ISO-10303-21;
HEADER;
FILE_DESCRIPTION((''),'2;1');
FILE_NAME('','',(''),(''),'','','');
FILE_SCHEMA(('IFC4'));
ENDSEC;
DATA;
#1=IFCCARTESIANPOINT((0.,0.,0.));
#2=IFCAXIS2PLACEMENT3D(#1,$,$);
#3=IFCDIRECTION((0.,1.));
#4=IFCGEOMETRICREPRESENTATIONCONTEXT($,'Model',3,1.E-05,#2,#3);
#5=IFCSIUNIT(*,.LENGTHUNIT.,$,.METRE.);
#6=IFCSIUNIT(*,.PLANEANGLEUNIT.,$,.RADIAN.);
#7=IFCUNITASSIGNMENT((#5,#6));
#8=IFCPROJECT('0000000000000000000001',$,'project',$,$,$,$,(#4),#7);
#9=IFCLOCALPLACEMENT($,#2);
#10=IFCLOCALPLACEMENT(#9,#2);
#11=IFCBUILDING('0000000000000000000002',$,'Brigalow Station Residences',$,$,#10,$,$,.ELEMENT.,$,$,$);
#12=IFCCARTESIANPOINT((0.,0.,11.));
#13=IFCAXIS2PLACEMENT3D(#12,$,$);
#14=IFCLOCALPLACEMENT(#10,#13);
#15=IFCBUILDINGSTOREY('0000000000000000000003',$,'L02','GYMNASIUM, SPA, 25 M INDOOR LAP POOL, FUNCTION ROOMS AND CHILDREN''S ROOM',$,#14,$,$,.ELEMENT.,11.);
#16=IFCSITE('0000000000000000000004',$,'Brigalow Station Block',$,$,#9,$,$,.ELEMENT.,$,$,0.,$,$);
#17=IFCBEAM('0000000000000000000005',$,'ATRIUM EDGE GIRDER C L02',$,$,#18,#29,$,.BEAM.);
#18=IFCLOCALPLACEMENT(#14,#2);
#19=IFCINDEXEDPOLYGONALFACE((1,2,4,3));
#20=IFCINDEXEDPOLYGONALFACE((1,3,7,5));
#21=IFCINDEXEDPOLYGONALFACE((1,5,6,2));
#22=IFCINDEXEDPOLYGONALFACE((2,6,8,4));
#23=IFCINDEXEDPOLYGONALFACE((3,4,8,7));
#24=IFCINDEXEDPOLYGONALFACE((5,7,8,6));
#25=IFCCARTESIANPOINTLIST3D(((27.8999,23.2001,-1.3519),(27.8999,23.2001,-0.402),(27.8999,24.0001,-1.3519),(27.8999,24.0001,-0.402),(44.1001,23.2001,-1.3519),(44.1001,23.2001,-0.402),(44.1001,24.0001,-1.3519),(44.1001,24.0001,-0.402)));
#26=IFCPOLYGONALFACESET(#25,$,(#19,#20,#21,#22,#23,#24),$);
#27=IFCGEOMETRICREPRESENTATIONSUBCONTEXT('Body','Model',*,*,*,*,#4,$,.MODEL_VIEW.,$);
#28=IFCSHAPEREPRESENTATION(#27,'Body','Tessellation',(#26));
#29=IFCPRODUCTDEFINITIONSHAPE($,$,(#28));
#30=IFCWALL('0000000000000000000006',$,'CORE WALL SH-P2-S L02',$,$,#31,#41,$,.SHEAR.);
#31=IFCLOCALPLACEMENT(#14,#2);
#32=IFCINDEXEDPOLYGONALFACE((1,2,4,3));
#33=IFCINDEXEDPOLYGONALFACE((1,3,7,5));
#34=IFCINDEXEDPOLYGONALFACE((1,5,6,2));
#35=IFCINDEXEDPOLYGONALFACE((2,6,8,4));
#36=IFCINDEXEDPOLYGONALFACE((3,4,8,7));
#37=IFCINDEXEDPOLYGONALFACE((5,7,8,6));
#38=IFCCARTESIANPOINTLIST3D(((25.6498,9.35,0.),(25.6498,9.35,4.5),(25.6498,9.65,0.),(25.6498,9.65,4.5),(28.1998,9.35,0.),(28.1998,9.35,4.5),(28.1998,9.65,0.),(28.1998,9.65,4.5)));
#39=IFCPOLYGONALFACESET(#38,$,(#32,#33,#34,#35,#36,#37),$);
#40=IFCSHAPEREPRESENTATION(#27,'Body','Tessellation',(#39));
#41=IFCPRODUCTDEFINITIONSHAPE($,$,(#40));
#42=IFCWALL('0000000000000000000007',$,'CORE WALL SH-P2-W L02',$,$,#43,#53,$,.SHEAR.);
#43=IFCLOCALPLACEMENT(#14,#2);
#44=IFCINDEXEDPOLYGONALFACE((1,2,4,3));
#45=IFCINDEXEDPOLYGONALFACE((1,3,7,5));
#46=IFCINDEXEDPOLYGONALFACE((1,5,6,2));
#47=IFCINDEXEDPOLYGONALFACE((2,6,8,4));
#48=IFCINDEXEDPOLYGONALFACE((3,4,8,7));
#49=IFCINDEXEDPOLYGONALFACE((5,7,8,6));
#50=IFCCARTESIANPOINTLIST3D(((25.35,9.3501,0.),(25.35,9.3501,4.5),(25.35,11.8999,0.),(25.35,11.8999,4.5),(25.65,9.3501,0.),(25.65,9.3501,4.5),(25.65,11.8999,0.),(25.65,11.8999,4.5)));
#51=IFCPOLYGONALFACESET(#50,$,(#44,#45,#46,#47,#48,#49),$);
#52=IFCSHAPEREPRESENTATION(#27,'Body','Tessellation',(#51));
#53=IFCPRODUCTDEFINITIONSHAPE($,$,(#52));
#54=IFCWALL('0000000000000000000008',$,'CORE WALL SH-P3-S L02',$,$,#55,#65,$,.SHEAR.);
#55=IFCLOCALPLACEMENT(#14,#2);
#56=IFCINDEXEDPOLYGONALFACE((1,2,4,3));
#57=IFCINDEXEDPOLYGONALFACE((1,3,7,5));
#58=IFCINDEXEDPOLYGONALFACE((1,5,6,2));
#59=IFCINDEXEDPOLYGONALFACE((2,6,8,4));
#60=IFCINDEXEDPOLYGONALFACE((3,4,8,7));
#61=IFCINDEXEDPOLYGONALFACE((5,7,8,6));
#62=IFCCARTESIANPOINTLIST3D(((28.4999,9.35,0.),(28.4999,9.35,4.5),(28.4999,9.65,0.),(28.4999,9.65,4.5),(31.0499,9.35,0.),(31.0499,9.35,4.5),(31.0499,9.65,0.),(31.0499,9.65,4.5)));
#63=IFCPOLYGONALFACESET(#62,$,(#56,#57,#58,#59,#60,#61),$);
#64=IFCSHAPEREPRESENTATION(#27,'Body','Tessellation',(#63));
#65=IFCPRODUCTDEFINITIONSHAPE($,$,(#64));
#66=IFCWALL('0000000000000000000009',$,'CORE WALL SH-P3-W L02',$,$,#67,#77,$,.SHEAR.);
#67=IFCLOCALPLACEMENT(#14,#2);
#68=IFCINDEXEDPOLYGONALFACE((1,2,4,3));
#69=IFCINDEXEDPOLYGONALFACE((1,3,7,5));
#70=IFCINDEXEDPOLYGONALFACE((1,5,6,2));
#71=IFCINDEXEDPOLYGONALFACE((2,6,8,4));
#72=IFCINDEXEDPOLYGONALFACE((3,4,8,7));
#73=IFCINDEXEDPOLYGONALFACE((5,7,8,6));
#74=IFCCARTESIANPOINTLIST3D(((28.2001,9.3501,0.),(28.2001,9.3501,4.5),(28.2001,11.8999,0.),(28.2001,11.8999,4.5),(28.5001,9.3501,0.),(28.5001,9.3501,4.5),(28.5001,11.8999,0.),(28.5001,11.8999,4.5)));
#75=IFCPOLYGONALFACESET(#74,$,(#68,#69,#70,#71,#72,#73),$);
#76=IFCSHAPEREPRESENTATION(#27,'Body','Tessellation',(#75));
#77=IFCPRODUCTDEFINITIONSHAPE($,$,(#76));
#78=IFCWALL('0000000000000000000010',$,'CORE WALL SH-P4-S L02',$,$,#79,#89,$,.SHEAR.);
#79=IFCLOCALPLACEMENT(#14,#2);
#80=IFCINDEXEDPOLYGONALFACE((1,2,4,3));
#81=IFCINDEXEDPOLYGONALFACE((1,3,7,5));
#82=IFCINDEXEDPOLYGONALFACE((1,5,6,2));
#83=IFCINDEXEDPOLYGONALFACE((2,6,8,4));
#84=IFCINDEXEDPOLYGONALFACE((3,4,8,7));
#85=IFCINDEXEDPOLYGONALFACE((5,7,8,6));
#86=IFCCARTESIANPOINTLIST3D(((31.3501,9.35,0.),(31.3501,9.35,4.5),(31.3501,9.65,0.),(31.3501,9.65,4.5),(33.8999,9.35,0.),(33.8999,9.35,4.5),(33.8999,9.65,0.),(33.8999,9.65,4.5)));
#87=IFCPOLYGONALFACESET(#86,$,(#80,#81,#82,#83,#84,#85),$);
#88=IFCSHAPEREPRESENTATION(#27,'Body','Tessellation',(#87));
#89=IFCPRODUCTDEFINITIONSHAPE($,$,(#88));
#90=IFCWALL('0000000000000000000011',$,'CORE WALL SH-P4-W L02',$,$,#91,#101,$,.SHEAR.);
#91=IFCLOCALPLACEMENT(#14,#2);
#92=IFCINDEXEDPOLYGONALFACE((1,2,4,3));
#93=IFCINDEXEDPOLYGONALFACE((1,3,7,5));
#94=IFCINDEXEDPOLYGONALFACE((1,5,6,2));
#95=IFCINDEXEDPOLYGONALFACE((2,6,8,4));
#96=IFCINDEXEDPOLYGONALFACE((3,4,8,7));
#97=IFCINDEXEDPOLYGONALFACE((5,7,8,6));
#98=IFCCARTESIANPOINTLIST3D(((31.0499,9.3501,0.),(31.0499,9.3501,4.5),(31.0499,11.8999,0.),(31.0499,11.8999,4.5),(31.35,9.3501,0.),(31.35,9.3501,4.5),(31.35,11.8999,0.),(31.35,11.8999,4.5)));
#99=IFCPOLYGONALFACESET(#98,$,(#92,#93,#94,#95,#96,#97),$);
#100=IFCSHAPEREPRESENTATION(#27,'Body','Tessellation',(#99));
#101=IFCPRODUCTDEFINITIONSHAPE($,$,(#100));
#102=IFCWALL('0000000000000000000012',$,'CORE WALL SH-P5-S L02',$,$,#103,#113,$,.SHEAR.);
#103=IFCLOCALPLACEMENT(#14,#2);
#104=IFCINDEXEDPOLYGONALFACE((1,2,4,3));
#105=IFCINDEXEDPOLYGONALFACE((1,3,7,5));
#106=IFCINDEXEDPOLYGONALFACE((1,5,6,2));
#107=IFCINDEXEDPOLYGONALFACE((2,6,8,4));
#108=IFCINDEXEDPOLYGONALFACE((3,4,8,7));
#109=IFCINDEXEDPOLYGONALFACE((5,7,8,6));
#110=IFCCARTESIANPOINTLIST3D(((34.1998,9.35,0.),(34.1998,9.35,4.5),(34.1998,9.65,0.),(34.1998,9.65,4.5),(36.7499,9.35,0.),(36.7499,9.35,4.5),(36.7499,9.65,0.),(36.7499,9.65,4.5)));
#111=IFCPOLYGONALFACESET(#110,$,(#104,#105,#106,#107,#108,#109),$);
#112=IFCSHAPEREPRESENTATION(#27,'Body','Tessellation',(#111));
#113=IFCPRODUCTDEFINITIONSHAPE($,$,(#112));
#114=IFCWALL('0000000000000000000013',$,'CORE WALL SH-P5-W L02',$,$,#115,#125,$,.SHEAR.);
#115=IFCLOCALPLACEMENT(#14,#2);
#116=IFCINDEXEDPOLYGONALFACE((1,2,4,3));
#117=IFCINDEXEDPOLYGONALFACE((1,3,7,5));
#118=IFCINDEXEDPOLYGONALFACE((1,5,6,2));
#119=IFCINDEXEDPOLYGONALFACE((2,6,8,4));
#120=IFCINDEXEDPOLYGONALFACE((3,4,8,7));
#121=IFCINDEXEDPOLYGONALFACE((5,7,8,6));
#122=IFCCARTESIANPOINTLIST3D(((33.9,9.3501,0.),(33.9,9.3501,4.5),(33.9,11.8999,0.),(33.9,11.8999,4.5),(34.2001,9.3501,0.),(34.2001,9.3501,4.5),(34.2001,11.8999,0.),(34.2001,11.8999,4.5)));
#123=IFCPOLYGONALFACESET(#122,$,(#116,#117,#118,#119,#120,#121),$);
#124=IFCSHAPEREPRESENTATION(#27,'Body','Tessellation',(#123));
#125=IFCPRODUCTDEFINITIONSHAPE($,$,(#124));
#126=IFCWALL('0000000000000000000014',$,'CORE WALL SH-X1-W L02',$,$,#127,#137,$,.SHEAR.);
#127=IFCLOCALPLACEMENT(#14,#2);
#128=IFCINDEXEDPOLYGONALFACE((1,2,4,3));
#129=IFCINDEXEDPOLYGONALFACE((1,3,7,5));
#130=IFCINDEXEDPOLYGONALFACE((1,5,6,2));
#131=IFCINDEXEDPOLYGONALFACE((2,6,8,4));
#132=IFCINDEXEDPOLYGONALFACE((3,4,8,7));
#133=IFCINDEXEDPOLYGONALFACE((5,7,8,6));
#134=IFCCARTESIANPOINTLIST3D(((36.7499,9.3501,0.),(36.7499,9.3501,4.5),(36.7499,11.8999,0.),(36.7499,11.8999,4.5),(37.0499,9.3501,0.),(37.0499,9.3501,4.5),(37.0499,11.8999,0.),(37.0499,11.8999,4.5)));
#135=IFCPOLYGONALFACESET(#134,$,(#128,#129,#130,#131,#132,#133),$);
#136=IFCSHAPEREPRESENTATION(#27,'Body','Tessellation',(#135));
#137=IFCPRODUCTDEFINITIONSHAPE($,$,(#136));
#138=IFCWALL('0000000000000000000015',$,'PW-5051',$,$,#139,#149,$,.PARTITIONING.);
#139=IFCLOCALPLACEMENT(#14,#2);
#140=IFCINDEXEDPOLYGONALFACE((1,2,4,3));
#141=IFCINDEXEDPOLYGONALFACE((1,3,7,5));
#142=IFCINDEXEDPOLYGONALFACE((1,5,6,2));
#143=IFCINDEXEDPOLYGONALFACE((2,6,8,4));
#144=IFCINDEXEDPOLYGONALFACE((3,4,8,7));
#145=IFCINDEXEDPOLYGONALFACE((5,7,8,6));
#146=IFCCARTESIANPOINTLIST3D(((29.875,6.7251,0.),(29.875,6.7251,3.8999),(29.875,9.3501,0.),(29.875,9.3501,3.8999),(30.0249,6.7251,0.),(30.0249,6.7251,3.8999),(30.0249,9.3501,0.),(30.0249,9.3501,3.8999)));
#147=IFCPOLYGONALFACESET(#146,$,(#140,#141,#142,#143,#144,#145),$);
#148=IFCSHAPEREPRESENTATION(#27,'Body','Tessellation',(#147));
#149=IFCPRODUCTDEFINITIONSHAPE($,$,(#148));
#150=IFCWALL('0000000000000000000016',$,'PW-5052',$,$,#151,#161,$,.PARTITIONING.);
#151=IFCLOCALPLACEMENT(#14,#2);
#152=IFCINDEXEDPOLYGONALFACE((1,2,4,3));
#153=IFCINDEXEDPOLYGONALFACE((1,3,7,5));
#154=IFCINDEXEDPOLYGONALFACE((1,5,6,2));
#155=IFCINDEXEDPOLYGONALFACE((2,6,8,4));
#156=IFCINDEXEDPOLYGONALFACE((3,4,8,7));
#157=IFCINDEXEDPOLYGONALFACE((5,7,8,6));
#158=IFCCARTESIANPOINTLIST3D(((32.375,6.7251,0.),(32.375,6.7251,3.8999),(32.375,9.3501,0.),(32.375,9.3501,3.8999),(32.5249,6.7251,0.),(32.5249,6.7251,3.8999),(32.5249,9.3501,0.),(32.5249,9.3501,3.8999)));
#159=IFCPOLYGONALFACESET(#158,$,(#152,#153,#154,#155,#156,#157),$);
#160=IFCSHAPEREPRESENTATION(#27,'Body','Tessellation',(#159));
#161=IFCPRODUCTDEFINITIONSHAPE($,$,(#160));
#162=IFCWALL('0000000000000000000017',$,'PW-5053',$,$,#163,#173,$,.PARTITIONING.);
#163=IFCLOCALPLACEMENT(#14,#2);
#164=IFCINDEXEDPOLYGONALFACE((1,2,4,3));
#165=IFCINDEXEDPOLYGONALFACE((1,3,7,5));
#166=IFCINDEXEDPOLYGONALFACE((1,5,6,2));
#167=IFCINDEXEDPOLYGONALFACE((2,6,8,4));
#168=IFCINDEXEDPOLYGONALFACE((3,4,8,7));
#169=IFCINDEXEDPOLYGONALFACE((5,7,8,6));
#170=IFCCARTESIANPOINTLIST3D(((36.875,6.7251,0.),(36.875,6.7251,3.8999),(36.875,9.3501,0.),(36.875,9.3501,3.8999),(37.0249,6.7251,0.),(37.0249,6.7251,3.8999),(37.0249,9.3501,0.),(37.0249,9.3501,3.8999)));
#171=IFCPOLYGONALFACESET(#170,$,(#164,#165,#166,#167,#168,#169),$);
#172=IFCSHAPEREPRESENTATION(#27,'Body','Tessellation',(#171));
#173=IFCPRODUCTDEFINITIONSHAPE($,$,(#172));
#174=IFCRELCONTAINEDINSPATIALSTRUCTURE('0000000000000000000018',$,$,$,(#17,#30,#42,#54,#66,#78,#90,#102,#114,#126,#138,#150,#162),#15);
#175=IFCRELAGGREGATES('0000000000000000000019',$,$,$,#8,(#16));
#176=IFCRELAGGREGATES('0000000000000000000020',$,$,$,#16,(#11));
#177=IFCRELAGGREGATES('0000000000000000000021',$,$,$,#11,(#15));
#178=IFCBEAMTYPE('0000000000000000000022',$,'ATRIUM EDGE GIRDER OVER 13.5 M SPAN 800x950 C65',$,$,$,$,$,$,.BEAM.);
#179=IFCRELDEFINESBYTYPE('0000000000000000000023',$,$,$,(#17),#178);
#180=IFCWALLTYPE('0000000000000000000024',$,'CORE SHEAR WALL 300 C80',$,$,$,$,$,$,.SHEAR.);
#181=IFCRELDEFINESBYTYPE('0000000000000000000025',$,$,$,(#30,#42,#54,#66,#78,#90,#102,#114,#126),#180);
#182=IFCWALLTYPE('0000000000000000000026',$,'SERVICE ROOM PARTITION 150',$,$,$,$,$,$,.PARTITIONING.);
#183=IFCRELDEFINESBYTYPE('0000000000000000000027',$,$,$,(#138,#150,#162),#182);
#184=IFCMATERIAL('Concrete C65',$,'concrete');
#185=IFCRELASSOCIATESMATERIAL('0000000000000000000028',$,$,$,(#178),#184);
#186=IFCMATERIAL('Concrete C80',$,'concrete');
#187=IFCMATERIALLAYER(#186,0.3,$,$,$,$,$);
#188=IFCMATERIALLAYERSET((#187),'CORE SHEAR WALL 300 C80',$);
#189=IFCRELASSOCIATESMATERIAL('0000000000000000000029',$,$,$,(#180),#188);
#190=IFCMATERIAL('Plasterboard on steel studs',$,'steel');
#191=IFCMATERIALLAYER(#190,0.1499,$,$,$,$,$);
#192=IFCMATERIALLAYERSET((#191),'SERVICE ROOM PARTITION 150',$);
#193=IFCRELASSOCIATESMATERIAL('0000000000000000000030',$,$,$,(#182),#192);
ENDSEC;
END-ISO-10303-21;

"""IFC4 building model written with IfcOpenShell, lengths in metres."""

from ifc_helpers import new_model, si_unit, direction, frame, frame_2d, origin, origin_2d, place, context, subcontext, project, spatial, rectangle, extrude, material, layer, layer_set, material_profile, profile_set, type_object, element, save


model = new_model("IFC4")

# Units and contexts
model_context = context("Model", 3, precision=1e-05, world=origin(), true_north=direction((0.0, 1.0)))
body_context = subcontext(model_context, "Body", "Model", "MODEL_VIEW")
ifc_project = project(units=[si_unit("LENGTHUNIT", "METRE"), si_unit("PLANEANGLEUNIT", "RADIAN")], contexts=[model_context])

# Site, building, storey
site_placement = place(None, origin())
site = spatial("IfcSite", under=ifc_project, at=site_placement, Name="Brigalow Station Block", CompositionType="ELEMENT", RefElevation=0.0)
building_placement = place(site_placement, origin())
building = spatial("IfcBuilding", under=site, at=building_placement, Name="Brigalow Station Residences", CompositionType="ELEMENT")
storey_placement = place(building_placement, frame((0.0, 0.0, 11.0)))
storey = spatial("IfcBuildingStorey", under=building, at=storey_placement, Name="L02", Description="GYMNASIUM, SPA, 25 M INDOOR LAP POOL, FUNCTION ROOMS AND CHILDREN'S ROOM", CompositionType="ELEMENT", Elevation=11.0)

# Beam
ifc_material_1 = material(Name="Concrete C65", Category="concrete")
ifc_material_profile = material_profile(ifc_material_1, rectangle(XDim=0.8, YDim=0.95, at=origin_2d()), Name="RC800x950")
ifc_profile_set = profile_set([ifc_material_profile], Name="Concrete C65")
beam_type = type_object("IfcBeamType", Name="ATRIUM EDGE GIRDER OVER 13.5 M SPAN 800x950 C65", PredefinedType="BEAM", material=ifc_profile_set)
beam_placement = place(storey_placement, frame((27.8999, 23.6001, -0.877), z_axis=(1.0, 0.0, 0.0), x_axis=(0.0, 1.0, 0.0)))
element("IfcBeam", 1, at=beam_placement, inside=storey, type_object=beam_type, Name="ATRIUM EDGE GIRDER C L02", PredefinedType="BEAM", context=body_context, shape_type="SweptSolid", body=[
    extrude(rectangle(XDim=0.8, YDim=0.95, at=origin_2d()), origin(), (0.0, 0.0, 1.0), 16.2002),
])

# Walls
ifc_material_2 = material(Name="Concrete C80", Category="concrete")
ifc_layer_1 = layer(ifc_material_2, 0.3)
ifc_layer_set_1 = layer_set([ifc_layer_1], Name="CORE SHEAR WALL 300 C80")
wall_type_1 = type_object("IfcWallType", Name="CORE SHEAR WALL 300 C80", PredefinedType="SHEAR", material=ifc_layer_set_1)
wall_1_placement = place(storey_placement, frame((25.6499, 9.5, 0.0), z_axis=(0.0, 0.0, 1.0), x_axis=(1.0, 0.0, 0.0)))
element("IfcWall", 2, at=wall_1_placement, inside=storey, type_object=wall_type_1, Name="CORE WALL SH-P2-S L02", PredefinedType="SHEAR", context=body_context, shape_type="SweptSolid", body=[
    extrude(rectangle(XDim=2.55, YDim=0.3, at=frame_2d((1.2749, 0.0))), origin(), (0.0, 0.0, 1.0), 4.5),
])
wall_2_placement = place(storey_placement, frame((25.5, 9.3501, 0.0), z_axis=(0.0, 0.0, 1.0), x_axis=(0.0, 1.0, 0.0)))
element("IfcWall", 3, at=wall_2_placement, inside=storey, type_object=wall_type_1, Name="CORE WALL SH-P2-W L02", PredefinedType="SHEAR", context=body_context, shape_type="SweptSolid", body=[
    extrude(rectangle(XDim=2.5498, YDim=0.3, at=frame_2d((1.2749, 0.0))), origin(), (0.0, 0.0, 1.0), 4.5),
])
wall_3_placement = place(storey_placement, frame((28.5, 9.5, 0.0), z_axis=(0.0, 0.0, 1.0), x_axis=(1.0, 0.0, 0.0)))
element("IfcWall", 4, at=wall_3_placement, inside=storey, type_object=wall_type_1, Name="CORE WALL SH-P3-S L02", PredefinedType="SHEAR", context=body_context, shape_type="SweptSolid", body=[
    extrude(rectangle(XDim=2.55, YDim=0.3, at=frame_2d((1.2749, 0.0))), origin(), (0.0, 0.0, 1.0), 4.5),
])
for number, where, z_axis, x_axis, name in (
    (5, (28.3501, 9.3501, 0.0), (0.0, 0.0, 1.0), (0.0, 1.0, 0.0), "CORE WALL SH-P3-W L02"),
    (6, (31.3501, 9.5, 0.0), (0.0, 0.0, 1.0), (1.0, 0.0, 0.0), "CORE WALL SH-P4-S L02"),
    (7, (31.2, 9.3501, 0.0), (0.0, 0.0, 1.0), (0.0, 1.0, 0.0), "CORE WALL SH-P4-W L02"),
):
    element("IfcWall", number, at=place(storey_placement, frame(where, z_axis=z_axis, x_axis=x_axis)), inside=storey, type_object=wall_type_1, Name=name, PredefinedType="SHEAR", context=body_context, shape_type="SweptSolid", body=[
        extrude(rectangle(XDim=2.5498, YDim=0.3, at=frame_2d((1.2749, 0.0))), origin(), (0.0, 0.0, 1.0), 4.5),
    ])
wall_4_placement = place(storey_placement, frame((34.2, 9.5, 0.0), z_axis=(0.0, 0.0, 1.0), x_axis=(1.0, 0.0, 0.0)))
element("IfcWall", 8, at=wall_4_placement, inside=storey, type_object=wall_type_1, Name="CORE WALL SH-P5-S L02", PredefinedType="SHEAR", context=body_context, shape_type="SweptSolid", body=[
    extrude(rectangle(XDim=2.55, YDim=0.3, at=frame_2d((1.2749, 0.0))), origin(), (0.0, 0.0, 1.0), 4.5),
])
for number, where, z_axis, x_axis, name in (
    (9, (34.05, 9.3501, 0.0), (0.0, 0.0, 1.0), (0.0, 1.0, 0.0), "CORE WALL SH-P5-W L02"),
    (10, (36.8999, 9.3501, 0.0), (0.0, 0.0, 1.0), (0.0, 1.0, 0.0), "CORE WALL SH-X1-W L02"),
):
    element("IfcWall", number, at=place(storey_placement, frame(where, z_axis=z_axis, x_axis=x_axis)), inside=storey, type_object=wall_type_1, Name=name, PredefinedType="SHEAR", context=body_context, shape_type="SweptSolid", body=[
        extrude(rectangle(XDim=2.5498, YDim=0.3, at=frame_2d((1.2749, 0.0))), origin(), (0.0, 0.0, 1.0), 4.5),
    ])
ifc_material_3 = material(Name="Plasterboard on steel studs", Category="steel")
ifc_layer_2 = layer(ifc_material_3, 0.1499)
ifc_layer_set_2 = layer_set([ifc_layer_2], Name="SERVICE ROOM PARTITION 150")
wall_type_2 = type_object("IfcWallType", Name="SERVICE ROOM PARTITION 150", PredefinedType="PARTITIONING", material=ifc_layer_set_2)
for number, where, z_axis, x_axis, name in (
    (11, (29.95, 6.7251, 0.0), (0.0, 0.0, 1.0), (0.0, 1.0, 0.0), "PW-5051"),
    (12, (32.45, 6.7251, 0.0), (0.0, 0.0, 1.0), (0.0, 1.0, 0.0), "PW-5052"),
    (13, (36.95, 6.7251, 0.0), (0.0, 0.0, 1.0), (0.0, 1.0, 0.0), "PW-5053"),
):
    element("IfcWall", number, at=place(storey_placement, frame(where, z_axis=z_axis, x_axis=x_axis)), inside=storey, type_object=wall_type_2, Name=name, PredefinedType="PARTITIONING", context=body_context, shape_type="SweptSolid", body=[
        extrude(rectangle(XDim=2.625, YDim=0.1499, at=frame_2d((1.3125, 0.0))), origin(), (0.0, 0.0, 1.0), 3.8999),
    ])

save(model, "model.ifc")
